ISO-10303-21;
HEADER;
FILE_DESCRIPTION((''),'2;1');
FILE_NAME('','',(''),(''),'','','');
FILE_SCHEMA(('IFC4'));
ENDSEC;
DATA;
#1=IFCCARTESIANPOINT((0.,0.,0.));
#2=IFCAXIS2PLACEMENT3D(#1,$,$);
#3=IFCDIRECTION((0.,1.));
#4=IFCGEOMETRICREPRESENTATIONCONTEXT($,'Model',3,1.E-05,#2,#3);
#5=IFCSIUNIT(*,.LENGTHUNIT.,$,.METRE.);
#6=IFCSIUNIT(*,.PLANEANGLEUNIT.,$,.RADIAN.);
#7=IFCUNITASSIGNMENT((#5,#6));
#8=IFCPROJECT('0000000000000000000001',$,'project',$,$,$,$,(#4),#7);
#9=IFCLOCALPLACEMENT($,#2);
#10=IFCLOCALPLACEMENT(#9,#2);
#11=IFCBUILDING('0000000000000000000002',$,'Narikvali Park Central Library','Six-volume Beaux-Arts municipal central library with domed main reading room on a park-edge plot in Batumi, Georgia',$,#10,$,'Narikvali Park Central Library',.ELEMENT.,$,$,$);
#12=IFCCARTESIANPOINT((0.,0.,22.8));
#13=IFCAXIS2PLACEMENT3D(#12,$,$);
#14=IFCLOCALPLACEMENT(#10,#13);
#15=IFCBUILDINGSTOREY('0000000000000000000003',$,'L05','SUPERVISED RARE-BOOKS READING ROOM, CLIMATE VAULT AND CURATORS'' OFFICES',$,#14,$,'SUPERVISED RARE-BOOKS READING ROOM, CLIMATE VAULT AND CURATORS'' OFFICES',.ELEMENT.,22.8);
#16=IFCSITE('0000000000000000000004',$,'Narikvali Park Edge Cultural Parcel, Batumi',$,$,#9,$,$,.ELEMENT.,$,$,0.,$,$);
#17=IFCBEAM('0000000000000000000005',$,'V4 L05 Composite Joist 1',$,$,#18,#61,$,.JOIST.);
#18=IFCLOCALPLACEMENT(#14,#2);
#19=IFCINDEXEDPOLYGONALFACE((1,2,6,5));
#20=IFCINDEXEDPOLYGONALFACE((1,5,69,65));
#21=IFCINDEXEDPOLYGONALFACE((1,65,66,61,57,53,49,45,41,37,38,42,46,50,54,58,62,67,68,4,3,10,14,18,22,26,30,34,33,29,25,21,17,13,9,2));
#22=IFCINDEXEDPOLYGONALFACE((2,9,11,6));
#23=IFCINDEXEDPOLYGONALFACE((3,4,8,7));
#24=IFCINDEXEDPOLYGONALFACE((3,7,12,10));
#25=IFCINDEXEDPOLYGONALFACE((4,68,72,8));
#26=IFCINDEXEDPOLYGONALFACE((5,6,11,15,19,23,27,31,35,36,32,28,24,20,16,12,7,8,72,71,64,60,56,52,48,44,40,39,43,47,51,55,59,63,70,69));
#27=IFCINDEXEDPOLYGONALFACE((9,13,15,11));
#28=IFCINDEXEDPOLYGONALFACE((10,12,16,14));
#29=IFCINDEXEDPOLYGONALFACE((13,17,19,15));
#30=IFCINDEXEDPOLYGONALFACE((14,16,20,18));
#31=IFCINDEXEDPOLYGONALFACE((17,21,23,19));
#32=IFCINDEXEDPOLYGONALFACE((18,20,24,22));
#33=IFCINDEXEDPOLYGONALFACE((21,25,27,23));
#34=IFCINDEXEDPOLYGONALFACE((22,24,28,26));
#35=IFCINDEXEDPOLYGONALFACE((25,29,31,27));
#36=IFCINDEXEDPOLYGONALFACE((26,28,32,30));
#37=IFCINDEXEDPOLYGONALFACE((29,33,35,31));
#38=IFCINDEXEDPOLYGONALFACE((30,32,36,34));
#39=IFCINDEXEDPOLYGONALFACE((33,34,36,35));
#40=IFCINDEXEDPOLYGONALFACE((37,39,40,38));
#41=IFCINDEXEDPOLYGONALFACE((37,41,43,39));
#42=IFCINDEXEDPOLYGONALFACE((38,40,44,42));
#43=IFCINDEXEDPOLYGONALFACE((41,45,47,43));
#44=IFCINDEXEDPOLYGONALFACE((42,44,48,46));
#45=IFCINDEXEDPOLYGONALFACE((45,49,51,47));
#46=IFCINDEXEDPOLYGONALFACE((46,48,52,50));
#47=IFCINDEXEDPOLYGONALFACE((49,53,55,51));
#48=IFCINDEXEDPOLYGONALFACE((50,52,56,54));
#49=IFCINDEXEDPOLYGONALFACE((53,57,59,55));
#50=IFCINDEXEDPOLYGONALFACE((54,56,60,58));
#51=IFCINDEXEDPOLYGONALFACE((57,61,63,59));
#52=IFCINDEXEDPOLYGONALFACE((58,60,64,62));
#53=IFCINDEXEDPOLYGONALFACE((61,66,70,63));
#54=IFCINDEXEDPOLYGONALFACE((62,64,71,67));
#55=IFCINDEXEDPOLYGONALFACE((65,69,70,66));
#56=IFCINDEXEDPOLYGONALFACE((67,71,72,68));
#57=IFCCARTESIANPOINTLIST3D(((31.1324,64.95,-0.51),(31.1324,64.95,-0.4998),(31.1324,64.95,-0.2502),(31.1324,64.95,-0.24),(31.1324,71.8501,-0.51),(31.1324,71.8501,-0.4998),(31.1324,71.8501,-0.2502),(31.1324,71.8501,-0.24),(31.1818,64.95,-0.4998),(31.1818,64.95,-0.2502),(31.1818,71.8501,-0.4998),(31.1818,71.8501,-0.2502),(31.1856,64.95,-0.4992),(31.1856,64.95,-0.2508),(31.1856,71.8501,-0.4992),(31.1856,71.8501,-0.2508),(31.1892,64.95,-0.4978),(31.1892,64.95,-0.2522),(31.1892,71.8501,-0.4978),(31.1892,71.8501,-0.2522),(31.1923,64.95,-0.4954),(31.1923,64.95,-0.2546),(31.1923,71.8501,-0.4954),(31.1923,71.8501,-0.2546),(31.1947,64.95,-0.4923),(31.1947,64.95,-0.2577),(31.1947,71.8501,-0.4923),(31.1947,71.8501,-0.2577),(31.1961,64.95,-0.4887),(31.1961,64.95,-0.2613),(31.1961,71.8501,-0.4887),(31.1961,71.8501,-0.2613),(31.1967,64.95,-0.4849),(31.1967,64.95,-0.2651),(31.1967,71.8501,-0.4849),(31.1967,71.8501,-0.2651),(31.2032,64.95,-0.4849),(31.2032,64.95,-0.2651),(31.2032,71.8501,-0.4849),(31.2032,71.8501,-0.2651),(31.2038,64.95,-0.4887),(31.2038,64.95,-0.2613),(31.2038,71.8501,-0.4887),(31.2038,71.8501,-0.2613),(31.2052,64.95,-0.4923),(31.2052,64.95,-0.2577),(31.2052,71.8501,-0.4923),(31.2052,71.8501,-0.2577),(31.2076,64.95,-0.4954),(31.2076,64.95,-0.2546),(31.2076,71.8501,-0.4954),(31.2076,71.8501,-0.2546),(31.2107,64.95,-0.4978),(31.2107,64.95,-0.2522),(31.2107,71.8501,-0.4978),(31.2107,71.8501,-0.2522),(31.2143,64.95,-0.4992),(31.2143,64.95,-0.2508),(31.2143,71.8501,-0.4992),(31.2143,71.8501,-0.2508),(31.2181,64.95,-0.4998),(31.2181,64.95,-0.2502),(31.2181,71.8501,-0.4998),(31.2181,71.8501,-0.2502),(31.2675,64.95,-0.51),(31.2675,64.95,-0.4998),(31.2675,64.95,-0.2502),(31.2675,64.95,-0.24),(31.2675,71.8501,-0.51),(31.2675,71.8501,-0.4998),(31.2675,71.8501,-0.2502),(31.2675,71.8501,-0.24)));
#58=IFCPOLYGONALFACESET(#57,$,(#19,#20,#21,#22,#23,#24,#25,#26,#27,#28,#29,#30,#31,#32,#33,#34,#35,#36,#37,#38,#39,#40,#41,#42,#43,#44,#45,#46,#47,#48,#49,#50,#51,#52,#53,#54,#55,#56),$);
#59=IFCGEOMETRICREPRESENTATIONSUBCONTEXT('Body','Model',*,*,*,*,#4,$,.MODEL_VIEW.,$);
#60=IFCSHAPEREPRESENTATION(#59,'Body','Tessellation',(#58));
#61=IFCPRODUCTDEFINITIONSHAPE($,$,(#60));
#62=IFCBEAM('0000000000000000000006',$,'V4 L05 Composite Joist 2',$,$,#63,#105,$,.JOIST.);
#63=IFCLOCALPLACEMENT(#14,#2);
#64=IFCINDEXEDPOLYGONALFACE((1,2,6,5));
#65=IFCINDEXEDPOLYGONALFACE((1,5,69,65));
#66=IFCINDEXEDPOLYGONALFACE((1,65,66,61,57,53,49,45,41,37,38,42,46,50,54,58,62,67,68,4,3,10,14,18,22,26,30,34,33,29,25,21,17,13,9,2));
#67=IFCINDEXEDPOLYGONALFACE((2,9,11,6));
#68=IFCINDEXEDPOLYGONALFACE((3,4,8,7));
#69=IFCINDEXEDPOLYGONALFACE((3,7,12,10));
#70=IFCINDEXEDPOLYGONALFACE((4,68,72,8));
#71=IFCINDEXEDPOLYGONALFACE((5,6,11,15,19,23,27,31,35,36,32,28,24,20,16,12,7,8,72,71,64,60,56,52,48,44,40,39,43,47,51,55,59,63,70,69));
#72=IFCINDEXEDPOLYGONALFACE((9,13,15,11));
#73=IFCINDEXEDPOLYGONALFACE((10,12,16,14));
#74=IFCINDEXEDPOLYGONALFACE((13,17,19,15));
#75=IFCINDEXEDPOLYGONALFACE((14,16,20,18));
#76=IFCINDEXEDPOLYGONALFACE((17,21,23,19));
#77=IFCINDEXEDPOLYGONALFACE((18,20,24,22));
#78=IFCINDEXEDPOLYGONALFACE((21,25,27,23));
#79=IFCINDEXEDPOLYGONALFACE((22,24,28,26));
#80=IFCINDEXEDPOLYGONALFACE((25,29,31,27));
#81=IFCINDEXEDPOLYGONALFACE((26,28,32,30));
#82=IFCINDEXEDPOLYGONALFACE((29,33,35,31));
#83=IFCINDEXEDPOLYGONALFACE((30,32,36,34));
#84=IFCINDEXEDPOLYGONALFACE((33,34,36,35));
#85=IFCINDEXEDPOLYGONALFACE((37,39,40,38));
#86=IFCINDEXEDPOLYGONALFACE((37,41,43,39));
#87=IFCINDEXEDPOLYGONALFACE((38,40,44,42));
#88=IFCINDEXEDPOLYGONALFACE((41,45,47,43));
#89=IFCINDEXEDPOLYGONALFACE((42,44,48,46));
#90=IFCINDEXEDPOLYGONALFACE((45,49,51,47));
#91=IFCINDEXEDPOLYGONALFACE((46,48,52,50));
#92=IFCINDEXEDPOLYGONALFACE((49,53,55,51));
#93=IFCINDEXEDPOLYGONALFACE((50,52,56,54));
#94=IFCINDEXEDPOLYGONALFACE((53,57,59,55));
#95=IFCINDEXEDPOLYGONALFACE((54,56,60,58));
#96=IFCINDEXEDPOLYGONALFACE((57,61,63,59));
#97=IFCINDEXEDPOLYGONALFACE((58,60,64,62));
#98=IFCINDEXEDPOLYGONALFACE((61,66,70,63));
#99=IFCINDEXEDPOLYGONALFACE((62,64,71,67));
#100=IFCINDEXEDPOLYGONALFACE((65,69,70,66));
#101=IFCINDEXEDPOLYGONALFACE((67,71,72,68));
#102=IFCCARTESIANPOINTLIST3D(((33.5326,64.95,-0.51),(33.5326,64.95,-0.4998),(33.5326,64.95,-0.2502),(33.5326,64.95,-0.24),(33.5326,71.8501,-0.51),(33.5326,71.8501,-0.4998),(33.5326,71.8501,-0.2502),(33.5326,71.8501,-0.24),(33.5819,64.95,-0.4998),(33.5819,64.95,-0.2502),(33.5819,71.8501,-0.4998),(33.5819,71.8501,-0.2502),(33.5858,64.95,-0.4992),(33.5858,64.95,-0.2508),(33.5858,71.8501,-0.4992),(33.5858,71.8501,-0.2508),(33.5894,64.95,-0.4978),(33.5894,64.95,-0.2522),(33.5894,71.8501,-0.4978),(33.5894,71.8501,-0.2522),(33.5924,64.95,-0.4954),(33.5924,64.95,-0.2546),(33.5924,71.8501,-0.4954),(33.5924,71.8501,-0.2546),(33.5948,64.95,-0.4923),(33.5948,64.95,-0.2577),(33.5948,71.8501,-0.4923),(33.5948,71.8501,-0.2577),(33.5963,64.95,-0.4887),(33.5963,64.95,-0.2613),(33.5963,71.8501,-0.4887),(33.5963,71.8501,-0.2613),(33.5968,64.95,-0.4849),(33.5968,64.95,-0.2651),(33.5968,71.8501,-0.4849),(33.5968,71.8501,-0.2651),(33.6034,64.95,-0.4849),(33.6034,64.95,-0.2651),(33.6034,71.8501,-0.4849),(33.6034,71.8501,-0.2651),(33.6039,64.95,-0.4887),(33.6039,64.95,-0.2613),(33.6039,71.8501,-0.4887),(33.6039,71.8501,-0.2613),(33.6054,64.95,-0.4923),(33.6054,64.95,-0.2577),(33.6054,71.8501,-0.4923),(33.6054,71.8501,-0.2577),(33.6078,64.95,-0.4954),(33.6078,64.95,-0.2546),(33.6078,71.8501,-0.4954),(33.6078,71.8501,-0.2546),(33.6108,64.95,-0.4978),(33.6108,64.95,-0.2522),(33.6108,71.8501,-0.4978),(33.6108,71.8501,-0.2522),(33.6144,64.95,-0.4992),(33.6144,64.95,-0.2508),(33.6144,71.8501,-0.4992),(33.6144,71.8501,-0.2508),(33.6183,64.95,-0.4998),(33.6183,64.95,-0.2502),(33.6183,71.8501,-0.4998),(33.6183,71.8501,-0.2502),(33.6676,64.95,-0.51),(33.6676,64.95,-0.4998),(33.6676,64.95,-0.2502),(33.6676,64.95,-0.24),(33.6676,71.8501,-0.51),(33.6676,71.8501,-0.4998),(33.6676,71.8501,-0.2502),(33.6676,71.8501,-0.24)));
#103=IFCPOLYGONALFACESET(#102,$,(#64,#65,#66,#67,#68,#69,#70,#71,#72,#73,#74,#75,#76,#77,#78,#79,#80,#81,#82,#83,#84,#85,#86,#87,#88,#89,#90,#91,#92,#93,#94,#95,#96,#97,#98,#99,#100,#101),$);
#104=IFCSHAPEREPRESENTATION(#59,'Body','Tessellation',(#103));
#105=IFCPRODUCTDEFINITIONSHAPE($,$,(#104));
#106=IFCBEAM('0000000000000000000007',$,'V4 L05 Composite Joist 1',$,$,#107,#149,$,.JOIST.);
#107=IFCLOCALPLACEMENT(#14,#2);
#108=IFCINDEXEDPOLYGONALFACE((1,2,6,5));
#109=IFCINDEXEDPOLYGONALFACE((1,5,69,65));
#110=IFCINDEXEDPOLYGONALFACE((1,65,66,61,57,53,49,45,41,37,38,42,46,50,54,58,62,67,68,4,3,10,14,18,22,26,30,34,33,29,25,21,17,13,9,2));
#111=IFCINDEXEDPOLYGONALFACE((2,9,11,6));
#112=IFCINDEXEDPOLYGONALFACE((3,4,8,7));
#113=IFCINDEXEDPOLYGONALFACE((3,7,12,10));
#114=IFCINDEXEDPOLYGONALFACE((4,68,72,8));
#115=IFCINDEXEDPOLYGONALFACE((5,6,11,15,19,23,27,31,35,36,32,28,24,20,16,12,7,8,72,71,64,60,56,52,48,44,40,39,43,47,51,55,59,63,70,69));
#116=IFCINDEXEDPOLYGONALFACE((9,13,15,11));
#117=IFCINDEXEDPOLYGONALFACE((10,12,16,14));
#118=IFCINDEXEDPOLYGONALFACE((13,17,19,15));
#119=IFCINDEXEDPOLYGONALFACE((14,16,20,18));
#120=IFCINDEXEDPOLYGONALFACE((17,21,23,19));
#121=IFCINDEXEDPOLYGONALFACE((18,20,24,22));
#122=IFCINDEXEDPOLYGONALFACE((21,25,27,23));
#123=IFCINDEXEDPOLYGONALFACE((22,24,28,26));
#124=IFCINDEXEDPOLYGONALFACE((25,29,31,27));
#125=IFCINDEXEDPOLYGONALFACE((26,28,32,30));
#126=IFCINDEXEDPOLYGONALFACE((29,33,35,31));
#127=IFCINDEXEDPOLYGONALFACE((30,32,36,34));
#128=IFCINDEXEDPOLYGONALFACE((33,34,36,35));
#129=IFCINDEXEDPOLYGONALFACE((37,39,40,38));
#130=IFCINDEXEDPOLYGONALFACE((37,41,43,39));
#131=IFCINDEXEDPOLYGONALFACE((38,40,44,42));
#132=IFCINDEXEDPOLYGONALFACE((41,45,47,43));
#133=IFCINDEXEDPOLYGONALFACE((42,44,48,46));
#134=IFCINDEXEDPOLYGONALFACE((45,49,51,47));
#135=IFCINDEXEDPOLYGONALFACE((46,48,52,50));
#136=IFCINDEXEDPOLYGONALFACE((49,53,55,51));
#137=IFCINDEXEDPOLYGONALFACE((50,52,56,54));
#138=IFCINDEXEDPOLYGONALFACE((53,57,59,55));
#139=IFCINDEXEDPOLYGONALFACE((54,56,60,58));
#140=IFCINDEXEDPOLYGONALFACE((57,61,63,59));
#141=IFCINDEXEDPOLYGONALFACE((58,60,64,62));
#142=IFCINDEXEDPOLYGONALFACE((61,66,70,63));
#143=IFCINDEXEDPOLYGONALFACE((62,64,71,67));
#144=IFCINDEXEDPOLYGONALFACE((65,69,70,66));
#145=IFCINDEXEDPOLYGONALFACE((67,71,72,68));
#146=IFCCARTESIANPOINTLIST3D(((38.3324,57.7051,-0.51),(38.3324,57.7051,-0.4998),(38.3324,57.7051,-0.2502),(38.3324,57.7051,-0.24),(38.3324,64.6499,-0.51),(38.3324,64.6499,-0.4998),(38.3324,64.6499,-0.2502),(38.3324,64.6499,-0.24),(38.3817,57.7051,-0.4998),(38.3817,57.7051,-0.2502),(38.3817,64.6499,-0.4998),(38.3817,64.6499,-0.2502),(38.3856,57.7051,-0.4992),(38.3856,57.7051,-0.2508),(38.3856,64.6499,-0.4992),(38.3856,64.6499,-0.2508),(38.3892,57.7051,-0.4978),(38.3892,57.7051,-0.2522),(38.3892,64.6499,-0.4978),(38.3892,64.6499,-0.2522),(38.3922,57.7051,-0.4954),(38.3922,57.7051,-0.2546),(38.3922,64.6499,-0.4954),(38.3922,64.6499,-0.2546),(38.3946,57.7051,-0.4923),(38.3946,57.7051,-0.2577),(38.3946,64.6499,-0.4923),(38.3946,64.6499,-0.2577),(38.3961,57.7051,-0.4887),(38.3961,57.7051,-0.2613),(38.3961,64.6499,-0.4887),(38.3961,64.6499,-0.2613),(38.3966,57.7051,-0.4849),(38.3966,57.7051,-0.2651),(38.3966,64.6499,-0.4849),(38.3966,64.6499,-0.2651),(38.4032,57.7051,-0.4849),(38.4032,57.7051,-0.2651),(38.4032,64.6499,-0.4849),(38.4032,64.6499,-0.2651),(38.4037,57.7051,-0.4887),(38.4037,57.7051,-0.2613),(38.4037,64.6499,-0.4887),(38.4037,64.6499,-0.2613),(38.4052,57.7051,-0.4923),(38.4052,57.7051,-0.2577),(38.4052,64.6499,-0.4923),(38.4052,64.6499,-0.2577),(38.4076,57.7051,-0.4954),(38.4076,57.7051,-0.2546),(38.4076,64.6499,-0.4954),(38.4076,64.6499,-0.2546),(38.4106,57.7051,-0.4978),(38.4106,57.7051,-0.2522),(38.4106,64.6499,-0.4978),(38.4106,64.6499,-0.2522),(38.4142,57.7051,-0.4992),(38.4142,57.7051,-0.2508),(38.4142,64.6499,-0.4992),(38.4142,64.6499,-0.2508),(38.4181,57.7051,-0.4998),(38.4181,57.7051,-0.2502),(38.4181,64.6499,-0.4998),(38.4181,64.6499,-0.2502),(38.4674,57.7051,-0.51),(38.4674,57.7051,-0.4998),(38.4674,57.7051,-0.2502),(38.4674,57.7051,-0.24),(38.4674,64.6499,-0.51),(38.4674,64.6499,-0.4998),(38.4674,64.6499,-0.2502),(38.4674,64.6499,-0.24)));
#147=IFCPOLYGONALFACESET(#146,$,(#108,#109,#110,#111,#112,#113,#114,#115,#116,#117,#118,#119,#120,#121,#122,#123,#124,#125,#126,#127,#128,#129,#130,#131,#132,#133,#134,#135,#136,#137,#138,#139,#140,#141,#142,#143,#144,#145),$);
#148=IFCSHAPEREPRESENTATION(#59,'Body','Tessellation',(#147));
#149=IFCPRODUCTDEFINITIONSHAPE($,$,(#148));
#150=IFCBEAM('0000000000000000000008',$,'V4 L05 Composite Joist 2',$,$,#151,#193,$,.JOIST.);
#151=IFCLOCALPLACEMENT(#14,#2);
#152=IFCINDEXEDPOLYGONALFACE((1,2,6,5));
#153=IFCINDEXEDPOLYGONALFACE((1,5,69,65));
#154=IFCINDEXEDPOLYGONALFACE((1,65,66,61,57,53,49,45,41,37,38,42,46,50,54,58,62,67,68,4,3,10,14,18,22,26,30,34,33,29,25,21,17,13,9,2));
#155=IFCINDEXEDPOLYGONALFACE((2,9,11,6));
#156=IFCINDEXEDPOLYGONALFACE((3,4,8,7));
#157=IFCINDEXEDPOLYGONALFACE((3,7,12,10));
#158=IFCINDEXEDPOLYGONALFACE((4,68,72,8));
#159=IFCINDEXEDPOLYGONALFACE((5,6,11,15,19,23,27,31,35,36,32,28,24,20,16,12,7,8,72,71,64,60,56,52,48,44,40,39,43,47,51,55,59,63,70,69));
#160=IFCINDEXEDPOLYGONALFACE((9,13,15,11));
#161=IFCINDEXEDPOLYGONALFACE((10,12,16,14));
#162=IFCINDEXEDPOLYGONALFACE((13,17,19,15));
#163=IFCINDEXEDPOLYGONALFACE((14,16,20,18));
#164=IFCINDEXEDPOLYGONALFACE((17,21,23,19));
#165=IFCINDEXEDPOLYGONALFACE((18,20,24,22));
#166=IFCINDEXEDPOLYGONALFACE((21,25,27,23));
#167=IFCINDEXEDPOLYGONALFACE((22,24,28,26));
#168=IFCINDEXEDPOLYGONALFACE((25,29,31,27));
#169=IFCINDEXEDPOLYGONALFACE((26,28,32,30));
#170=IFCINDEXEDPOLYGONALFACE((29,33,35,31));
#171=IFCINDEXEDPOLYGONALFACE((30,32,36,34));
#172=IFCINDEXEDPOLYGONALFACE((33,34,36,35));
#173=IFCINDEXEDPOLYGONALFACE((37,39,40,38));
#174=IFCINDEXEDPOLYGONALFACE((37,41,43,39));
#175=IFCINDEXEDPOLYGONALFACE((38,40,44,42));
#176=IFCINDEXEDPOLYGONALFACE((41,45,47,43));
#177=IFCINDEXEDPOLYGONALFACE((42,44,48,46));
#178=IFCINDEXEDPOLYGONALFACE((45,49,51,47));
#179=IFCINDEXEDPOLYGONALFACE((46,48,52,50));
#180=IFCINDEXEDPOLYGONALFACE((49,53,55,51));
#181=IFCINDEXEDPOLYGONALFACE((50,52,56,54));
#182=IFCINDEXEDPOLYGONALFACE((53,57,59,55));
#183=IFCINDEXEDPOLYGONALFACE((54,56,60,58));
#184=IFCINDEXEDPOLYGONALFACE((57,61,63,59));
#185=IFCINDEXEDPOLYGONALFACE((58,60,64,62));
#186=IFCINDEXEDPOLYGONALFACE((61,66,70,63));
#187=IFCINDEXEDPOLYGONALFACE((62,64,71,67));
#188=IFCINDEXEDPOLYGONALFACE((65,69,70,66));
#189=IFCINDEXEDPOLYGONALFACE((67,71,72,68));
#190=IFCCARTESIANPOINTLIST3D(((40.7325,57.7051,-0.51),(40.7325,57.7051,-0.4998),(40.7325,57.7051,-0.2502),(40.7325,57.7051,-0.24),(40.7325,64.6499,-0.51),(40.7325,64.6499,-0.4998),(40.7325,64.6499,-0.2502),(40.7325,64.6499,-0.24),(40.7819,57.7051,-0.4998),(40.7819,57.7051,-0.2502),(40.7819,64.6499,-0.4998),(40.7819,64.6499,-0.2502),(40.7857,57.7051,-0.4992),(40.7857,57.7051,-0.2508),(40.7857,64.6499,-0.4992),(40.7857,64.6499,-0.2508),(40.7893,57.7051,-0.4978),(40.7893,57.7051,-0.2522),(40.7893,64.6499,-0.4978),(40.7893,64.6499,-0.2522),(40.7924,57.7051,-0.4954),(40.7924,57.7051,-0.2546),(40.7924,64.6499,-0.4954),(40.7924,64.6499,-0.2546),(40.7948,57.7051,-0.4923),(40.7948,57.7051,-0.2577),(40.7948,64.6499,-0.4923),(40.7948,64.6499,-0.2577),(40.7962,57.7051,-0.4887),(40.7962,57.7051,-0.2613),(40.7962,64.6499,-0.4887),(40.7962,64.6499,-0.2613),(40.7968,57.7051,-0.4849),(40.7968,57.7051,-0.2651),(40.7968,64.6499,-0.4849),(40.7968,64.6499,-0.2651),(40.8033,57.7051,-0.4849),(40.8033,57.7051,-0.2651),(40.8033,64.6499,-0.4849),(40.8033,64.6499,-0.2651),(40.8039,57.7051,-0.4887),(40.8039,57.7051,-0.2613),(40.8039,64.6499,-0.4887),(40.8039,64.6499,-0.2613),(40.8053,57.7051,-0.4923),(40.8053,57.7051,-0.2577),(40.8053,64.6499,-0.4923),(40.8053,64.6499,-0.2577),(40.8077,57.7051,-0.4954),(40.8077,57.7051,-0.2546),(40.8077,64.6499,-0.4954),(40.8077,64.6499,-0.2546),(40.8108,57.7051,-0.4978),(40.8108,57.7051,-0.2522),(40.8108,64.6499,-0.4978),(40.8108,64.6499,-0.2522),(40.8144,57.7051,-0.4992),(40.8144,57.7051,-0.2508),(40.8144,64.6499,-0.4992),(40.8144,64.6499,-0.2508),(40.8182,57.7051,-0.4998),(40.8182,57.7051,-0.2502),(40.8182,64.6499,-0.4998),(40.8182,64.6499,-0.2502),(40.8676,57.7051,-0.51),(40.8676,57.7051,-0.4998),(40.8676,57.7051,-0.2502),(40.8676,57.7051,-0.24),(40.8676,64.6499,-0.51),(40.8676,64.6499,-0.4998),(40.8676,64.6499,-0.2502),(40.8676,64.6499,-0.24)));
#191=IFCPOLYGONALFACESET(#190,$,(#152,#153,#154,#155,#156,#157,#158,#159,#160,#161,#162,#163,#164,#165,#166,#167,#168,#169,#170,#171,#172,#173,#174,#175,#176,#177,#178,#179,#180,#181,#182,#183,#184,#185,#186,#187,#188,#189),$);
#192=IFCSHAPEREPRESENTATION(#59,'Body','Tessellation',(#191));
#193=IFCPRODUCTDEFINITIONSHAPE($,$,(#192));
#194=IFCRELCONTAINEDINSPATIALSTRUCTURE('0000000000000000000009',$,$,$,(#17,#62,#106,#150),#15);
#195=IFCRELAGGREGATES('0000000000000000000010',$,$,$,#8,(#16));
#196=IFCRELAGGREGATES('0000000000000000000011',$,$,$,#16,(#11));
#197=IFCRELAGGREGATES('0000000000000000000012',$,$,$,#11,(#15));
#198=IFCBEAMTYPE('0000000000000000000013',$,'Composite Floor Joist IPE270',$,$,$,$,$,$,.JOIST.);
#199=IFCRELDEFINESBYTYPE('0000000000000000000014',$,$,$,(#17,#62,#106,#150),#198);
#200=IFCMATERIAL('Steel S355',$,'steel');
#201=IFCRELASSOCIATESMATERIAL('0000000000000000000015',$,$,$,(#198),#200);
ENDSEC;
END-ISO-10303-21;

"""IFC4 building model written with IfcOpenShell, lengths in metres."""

from ifc_helpers import new_model, si_unit, direction, frame, origin, origin_2d, place, context, subcontext, project, spatial, i_section, extrude, material, material_profile, profile_set, type_object, element, save


model = new_model("IFC4")

# Units and contexts
model_context = context("Model", 3, precision=1e-05, world=origin(), true_north=direction((0.0, 1.0)))
body_context = subcontext(model_context, "Body", "Model", "MODEL_VIEW")
ifc_project = project(units=[si_unit("LENGTHUNIT", "METRE"), si_unit("PLANEANGLEUNIT", "RADIAN")], contexts=[model_context])

# Site, building, storey
site_placement = place(None, origin())
site = spatial("IfcSite", under=ifc_project, at=site_placement, Name="Narikvali Park Edge Cultural Parcel, Batumi", CompositionType="ELEMENT", RefElevation=0.0)
building_placement = place(site_placement, origin())
building = spatial("IfcBuilding", under=site, at=building_placement, Name="Narikvali Park Central Library", Description="Six-volume Beaux-Arts municipal central library with domed main reading room on a park-edge plot in Batumi, Georgia", LongName="Narikvali Park Central Library", CompositionType="ELEMENT")
storey_placement = place(building_placement, frame((0.0, 0.0, 22.8)))
storey = spatial("IfcBuildingStorey", under=building, at=storey_placement, Name="L05", Description="SUPERVISED RARE-BOOKS READING ROOM, CLIMATE VAULT AND CURATORS' OFFICES", LongName="SUPERVISED RARE-BOOKS READING ROOM, CLIMATE VAULT AND CURATORS' OFFICES", CompositionType="ELEMENT", Elevation=22.8)

# Shared definitions
ifc_material_1 = material(Name="Steel S355", Category="steel")

# Beams
ifc_material_profile_1 = material_profile(ifc_material_1, i_section(OverallWidth=0.135, OverallDepth=0.27, WebThickness=0.0066, FlangeThickness=0.0103, FilletRadius=0.0149, at=origin_2d()), Name="IPE 270")
ifc_profile_set_1 = profile_set([ifc_material_profile_1], Name="Steel S355")
beam_type_1 = type_object("IfcBeamType", Name="Composite Floor Joist IPE270", PredefinedType="JOIST", material=ifc_profile_set_1)
for number, where, z_axis, x_axis, name in (
    (1, (31.2, 64.95, -0.375), (0.0, 1.0, 0.0), (-1.0, 0.0, 0.0), "V4 L05 Composite Joist 1"),
    (2, (33.6001, 64.95, -0.375), (0.0, 1.0, 0.0), (-1.0, 0.0, 0.0), "V4 L05 Composite Joist 2"),
):
    element("IfcBeam", number, at=place(storey_placement, frame(where, z_axis=z_axis, x_axis=x_axis)), inside=storey, type_object=beam_type_1, Name=name, PredefinedType="JOIST", context=body_context, shape_type="SweptSolid", body=[
        extrude(i_section(OverallWidth=0.135, OverallDepth=0.27, WebThickness=0.0066, FlangeThickness=0.0103, FilletRadius=0.0149, at=origin_2d()), origin(), (0.0, 0.0, 1.0), 6.9001),
    ])
for number, where, z_axis, x_axis, name in (
    (3, (38.3999, 57.7051, -0.375), (0.0, 1.0, 0.0), (-1.0, 0.0, 0.0), "V4 L05 Composite Joist 1"),
    (4, (40.8, 57.7051, -0.375), (0.0, 1.0, 0.0), (-1.0, 0.0, 0.0), "V4 L05 Composite Joist 2"),
):
    element("IfcBeam", number, at=place(storey_placement, frame(where, z_axis=z_axis, x_axis=x_axis)), inside=storey, type_object=beam_type_1, Name=name, PredefinedType="JOIST", context=body_context, shape_type="SweptSolid", body=[
        extrude(i_section(OverallWidth=0.135, OverallDepth=0.27, WebThickness=0.0066, FlangeThickness=0.0103, FilletRadius=0.0149, at=origin_2d()), origin(), (0.0, 0.0, 1.0), 6.9448),
    ])

save(model, "model.ifc")
